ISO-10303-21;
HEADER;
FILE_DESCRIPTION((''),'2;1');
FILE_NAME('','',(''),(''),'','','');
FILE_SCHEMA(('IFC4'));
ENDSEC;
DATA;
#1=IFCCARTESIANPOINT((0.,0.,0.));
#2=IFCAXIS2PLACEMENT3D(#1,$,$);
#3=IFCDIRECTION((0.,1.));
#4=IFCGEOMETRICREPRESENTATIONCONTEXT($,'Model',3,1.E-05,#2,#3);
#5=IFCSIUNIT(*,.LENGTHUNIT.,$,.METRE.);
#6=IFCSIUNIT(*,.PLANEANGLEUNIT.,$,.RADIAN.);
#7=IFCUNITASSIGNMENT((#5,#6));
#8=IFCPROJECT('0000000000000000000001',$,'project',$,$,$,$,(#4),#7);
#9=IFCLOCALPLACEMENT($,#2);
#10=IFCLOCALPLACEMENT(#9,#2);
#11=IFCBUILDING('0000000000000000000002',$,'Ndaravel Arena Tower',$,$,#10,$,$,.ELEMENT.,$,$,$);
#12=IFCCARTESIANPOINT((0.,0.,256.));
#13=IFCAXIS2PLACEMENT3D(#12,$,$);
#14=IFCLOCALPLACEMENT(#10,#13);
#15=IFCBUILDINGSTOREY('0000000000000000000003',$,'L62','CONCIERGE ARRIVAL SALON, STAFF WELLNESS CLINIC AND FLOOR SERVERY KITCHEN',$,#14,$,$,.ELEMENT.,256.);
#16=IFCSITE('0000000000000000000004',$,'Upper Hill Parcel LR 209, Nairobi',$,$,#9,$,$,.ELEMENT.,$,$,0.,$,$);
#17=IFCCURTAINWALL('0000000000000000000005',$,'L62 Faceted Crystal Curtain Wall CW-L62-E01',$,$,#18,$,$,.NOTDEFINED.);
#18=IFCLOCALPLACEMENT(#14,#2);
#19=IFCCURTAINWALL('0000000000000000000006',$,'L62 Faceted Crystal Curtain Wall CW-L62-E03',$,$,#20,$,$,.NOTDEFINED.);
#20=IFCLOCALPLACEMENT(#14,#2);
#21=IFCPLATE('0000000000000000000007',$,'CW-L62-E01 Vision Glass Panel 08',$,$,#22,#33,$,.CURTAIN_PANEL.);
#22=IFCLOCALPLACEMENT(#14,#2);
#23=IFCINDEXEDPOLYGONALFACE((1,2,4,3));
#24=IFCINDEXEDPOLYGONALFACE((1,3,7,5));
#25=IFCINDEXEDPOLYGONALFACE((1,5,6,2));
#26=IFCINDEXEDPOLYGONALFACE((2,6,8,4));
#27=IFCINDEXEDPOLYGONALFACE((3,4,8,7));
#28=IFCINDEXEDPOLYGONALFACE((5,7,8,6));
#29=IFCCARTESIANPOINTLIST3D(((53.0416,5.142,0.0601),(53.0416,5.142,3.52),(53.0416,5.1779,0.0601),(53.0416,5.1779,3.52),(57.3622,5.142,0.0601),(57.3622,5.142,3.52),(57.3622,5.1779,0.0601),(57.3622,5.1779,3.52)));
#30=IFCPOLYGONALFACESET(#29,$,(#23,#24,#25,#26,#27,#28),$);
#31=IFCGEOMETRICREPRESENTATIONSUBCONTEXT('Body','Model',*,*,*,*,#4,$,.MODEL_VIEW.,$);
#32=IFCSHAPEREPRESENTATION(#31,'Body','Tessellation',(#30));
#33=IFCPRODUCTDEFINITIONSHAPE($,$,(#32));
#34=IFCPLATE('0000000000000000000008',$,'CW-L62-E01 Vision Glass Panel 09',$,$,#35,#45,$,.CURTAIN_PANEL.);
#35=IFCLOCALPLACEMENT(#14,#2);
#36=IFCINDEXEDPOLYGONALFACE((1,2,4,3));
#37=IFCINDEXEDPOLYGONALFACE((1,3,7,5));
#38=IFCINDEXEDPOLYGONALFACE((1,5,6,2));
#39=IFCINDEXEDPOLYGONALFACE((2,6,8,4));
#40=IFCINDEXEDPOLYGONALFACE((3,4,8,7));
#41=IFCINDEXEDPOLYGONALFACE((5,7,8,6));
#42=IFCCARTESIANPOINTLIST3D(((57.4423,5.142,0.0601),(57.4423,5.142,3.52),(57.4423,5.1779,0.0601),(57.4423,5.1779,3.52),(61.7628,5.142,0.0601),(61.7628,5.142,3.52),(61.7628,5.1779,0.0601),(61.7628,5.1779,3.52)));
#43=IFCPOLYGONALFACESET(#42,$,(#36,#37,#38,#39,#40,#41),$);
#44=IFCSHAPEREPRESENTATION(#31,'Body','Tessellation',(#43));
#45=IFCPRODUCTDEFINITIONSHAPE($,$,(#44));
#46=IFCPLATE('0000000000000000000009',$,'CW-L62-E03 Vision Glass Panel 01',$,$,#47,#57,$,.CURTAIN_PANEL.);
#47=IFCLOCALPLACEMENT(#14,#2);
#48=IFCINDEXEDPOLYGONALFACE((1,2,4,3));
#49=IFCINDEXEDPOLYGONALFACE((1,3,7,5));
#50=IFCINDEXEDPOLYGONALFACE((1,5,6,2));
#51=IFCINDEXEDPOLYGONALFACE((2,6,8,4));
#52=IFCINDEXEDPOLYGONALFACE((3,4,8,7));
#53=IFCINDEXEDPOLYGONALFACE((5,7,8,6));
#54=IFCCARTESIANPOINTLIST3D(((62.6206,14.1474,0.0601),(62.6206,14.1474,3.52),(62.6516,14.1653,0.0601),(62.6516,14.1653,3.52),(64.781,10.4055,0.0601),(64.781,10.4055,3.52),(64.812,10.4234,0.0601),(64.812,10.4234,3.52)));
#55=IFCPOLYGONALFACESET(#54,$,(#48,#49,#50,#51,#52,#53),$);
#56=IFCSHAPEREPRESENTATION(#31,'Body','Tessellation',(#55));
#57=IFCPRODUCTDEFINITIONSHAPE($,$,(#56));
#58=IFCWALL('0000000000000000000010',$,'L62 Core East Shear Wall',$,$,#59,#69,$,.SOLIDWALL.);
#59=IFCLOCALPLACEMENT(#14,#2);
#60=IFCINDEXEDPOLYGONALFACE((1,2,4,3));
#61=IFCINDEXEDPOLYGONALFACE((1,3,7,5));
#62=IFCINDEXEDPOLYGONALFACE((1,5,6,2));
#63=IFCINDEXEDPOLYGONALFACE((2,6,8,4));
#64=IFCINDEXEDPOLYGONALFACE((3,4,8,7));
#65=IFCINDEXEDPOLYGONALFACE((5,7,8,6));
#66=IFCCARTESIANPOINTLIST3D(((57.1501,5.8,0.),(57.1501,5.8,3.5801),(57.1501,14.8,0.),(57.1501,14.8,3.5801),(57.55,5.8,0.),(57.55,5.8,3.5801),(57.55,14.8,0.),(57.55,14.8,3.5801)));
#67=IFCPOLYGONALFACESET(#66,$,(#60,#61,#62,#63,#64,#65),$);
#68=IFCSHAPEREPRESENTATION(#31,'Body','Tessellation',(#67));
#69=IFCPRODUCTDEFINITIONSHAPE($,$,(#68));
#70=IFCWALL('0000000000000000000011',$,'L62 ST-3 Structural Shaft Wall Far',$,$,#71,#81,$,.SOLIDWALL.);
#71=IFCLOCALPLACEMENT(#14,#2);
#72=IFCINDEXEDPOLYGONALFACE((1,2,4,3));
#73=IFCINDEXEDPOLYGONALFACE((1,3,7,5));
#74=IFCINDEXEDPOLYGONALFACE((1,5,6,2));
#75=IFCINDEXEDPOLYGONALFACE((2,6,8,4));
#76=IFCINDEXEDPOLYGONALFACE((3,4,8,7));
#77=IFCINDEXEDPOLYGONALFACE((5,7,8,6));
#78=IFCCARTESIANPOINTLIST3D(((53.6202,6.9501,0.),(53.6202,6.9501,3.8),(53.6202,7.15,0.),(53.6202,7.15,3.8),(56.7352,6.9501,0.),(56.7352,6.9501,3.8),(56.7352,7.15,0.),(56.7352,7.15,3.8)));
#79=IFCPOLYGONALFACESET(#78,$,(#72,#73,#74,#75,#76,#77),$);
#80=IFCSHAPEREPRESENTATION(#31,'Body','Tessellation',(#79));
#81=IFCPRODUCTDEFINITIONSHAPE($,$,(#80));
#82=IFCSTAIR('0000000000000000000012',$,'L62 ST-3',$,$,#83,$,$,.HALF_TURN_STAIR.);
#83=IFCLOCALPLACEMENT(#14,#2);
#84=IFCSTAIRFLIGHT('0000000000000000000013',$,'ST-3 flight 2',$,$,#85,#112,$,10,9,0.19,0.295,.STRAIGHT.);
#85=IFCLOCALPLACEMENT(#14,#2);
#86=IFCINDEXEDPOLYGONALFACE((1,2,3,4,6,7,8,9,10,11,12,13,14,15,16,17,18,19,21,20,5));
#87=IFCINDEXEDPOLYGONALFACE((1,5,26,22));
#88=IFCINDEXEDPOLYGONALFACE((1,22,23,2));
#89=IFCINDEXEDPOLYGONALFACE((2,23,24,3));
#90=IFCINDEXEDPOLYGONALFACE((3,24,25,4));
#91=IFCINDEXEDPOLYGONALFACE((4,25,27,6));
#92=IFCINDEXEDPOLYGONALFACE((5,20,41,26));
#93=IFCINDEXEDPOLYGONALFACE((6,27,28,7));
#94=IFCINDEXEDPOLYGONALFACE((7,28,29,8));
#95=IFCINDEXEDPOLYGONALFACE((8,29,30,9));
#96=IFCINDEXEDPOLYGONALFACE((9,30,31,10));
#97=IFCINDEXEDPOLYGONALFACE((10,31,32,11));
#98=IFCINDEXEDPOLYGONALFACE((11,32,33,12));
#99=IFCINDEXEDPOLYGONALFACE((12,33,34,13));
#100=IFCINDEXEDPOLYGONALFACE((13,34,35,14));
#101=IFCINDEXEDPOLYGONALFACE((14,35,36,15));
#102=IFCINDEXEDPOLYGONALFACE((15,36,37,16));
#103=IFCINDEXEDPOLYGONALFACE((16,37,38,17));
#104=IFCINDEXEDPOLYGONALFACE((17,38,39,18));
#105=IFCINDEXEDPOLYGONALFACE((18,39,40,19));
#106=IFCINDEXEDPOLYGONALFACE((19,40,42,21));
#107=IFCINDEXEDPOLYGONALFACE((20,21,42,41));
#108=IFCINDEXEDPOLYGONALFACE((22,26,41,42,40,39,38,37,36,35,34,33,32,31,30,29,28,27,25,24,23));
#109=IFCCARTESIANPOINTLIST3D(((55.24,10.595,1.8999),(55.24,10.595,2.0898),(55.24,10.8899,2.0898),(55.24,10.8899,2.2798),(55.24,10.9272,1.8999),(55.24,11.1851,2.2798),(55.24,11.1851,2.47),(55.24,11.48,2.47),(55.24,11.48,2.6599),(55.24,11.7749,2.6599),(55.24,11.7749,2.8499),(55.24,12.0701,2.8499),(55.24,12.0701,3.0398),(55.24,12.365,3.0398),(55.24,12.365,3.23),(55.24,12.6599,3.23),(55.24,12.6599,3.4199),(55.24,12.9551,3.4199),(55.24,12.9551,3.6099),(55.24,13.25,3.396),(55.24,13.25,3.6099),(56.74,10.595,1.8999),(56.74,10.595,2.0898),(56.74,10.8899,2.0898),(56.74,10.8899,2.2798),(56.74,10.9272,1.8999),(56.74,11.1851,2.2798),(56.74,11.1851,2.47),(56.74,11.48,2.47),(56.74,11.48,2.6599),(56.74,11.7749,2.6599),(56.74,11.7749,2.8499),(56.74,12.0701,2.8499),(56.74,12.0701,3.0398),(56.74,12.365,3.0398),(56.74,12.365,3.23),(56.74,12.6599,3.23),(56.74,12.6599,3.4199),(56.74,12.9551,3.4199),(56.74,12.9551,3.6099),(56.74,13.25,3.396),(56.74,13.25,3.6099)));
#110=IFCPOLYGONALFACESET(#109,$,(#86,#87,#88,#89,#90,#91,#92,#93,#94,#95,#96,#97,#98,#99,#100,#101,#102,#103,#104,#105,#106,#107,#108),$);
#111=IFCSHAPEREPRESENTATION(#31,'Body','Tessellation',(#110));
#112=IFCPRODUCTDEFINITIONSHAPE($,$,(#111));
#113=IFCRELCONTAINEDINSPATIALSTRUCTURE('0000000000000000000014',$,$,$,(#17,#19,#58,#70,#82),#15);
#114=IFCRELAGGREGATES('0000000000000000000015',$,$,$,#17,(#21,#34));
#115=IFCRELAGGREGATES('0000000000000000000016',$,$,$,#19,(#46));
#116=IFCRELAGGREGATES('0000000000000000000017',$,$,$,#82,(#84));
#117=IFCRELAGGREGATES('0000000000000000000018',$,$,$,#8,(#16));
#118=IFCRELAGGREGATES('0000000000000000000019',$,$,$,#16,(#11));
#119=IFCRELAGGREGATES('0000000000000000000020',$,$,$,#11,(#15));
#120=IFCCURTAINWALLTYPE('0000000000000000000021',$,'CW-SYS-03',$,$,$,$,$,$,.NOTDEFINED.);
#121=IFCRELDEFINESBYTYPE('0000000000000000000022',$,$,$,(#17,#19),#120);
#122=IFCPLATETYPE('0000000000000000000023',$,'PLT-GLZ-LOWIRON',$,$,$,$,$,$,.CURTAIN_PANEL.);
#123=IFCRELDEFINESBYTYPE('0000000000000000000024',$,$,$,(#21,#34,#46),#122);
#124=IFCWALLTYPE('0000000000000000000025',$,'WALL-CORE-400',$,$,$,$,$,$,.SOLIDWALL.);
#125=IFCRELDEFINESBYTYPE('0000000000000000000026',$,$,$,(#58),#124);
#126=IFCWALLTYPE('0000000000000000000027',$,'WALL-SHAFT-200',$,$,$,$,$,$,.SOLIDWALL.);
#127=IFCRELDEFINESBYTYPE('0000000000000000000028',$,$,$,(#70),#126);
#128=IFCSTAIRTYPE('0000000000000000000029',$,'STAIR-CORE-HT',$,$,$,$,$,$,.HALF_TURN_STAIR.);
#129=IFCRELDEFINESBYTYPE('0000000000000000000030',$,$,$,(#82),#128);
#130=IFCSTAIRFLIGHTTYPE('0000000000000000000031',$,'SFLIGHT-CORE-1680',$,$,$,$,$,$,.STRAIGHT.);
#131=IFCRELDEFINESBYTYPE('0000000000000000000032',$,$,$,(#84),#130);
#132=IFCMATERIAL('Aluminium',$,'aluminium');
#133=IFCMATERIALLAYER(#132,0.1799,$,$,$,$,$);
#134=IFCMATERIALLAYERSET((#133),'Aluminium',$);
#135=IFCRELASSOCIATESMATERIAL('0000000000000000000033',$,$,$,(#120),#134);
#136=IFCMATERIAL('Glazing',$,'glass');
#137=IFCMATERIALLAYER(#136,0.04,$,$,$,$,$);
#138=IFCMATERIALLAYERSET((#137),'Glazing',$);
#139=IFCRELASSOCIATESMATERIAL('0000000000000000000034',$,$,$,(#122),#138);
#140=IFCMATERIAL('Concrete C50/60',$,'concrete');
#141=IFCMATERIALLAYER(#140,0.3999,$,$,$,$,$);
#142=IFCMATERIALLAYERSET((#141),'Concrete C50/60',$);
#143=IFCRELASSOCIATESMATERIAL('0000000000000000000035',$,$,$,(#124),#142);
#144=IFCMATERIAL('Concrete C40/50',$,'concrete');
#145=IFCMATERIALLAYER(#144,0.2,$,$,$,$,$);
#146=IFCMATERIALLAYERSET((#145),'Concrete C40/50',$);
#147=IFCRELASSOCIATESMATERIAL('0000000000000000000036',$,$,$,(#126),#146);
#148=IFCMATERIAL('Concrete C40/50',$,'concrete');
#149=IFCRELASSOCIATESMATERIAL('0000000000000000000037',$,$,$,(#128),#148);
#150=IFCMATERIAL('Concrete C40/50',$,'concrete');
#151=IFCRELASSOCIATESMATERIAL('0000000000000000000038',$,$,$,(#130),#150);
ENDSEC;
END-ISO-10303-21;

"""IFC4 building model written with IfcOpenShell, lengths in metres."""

from ifc_helpers import new_model, si_unit, direction, frame, frame_2d, origin, origin_2d, place, context, subcontext, project, spatial, polyline, rectangle, outline, extrude, material, layer, layer_set, type_object, element, aggregate, save


model = new_model("IFC4")

# Units and contexts
model_context = context("Model", 3, precision=1e-05, world=origin(), true_north=direction((0.0, 1.0)))
body_context = subcontext(model_context, "Body", "Model", "MODEL_VIEW")
ifc_project = project(units=[si_unit("LENGTHUNIT", "METRE"), si_unit("PLANEANGLEUNIT", "RADIAN")], contexts=[model_context])

# Site, building, storey
site_placement = place(None, origin())
site = spatial("IfcSite", under=ifc_project, at=site_placement, Name="Upper Hill Parcel LR 209, Nairobi", CompositionType="ELEMENT", RefElevation=0.0)
building_placement = place(site_placement, origin())
building = spatial("IfcBuilding", under=site, at=building_placement, Name="Ndaravel Arena Tower", CompositionType="ELEMENT")
storey_placement = place(building_placement, frame((0.0, 0.0, 256.0)))
storey = spatial("IfcBuildingStorey", under=building, at=storey_placement, Name="L62", Description="CONCIERGE ARRIVAL SALON, STAFF WELLNESS CLINIC AND FLOOR SERVERY KITCHEN", CompositionType="ELEMENT", Elevation=256.0)

# Curtain walls
ifc_material_1 = material(Name="Aluminium", Category="aluminium")
ifc_layer_1 = layer(ifc_material_1, 0.1799)
ifc_layer_set_1 = layer_set([ifc_layer_1], Name="Aluminium")
curtain_wall_type_1 = type_object("IfcCurtainWallType", Name="CW-SYS-03", PredefinedType="NOTDEFINED", material=ifc_layer_set_1)
curtain_wall_1_placement = place(storey_placement, origin())
curtain_wall_1 = element("IfcCurtainWall", 1, at=curtain_wall_1_placement, inside=storey, type_object=curtain_wall_type_1, Name="L62 Faceted Crystal Curtain Wall CW-L62-E01", PredefinedType="NOTDEFINED")
curtain_wall_2_placement = place(storey_placement, origin())
curtain_wall_2 = element("IfcCurtainWall", 2, at=curtain_wall_2_placement, inside=storey, type_object=curtain_wall_type_1, Name="L62 Faceted Crystal Curtain Wall CW-L62-E03", PredefinedType="NOTDEFINED")

# Plates
ifc_material_2 = material(Name="Glazing", Category="glass")
ifc_layer_2 = layer(ifc_material_2, 0.04)
ifc_layer_set_2 = layer_set([ifc_layer_2], Name="Glazing")
plate_type_1 = type_object("IfcPlateType", Name="PLT-GLZ-LOWIRON", PredefinedType="CURTAIN_PANEL", material=ifc_layer_set_2)
plate_1_placement = place(storey_placement, frame((55.2019, 5.1599, 0.0601), z_axis=(0.0, 0.0, 1.0), x_axis=(1.0, 0.0, 0.0)))
plate_1 = element("IfcPlate", 3, at=plate_1_placement, type_object=plate_type_1, Name="CW-L62-E01 Vision Glass Panel 08", PredefinedType="CURTAIN_PANEL", context=body_context, shape_type="SweptSolid", body=[
    extrude(rectangle(XDim=4.3206, YDim=0.0359, at=origin_2d()), origin(), (0.0, 0.0, 1.0), 3.46),
])
plate_2_placement = place(storey_placement, frame((59.6025, 5.1599, 0.0601), z_axis=(0.0, 0.0, 1.0), x_axis=(1.0, 0.0, 0.0)))
plate_2 = element("IfcPlate", 4, at=plate_2_placement, type_object=plate_type_1, Name="CW-L62-E01 Vision Glass Panel 09", PredefinedType="CURTAIN_PANEL", context=body_context, shape_type="SweptSolid", body=[
    extrude(rectangle(XDim=4.3206, YDim=0.0359, at=origin_2d()), origin(), (0.0, 0.0, 1.0), 3.46),
])
aggregate(curtain_wall_1, [plate_1, plate_2])
plate_3_placement = place(storey_placement, frame((63.7163, 12.2854, 0.0601), z_axis=(0.0, 0.0, 1.0), x_axis=(-0.5, 0.866025, 0.0)))
plate_3 = element("IfcPlate", 5, at=plate_3_placement, type_object=plate_type_1, Name="CW-L62-E03 Vision Glass Panel 01", PredefinedType="CURTAIN_PANEL", context=body_context, shape_type="SweptSolid", body=[
    extrude(rectangle(XDim=4.3208, YDim=0.0359, at=origin_2d()), origin(), (0.0, 0.0, 1.0), 3.46),
])
aggregate(curtain_wall_2, [plate_3])

# Walls
ifc_material_3 = material(Name="Concrete C50/60", Category="concrete")
ifc_layer_3 = layer(ifc_material_3, 0.3999)
ifc_layer_set_3 = layer_set([ifc_layer_3], Name="Concrete C50/60")
wall_type_1 = type_object("IfcWallType", Name="WALL-CORE-400", PredefinedType="SOLIDWALL", material=ifc_layer_set_3)
wall_1_placement = place(storey_placement, frame((57.3501, 5.8, 0.0), z_axis=(0.0, 0.0, 1.0), x_axis=(0.0, 1.0, 0.0)))
element("IfcWall", 6, at=wall_1_placement, inside=storey, type_object=wall_type_1, Name="L62 Core East Shear Wall", PredefinedType="SOLIDWALL", context=body_context, shape_type="SweptSolid", body=[
    extrude(rectangle(XDim=9.0, YDim=0.3999, at=frame_2d((4.5, 0.0))), origin(), (0.0, 0.0, 1.0), 3.5801),
])
ifc_material_4 = material(Name="Concrete C40/50", Category="concrete")
ifc_layer_4 = layer(ifc_material_4, 0.2)
ifc_layer_set_4 = layer_set([ifc_layer_4], Name="Concrete C40/50")
wall_type_2 = type_object("IfcWallType", Name="WALL-SHAFT-200", PredefinedType="SOLIDWALL", material=ifc_layer_set_4)
wall_2_placement = place(storey_placement, frame((53.6201, 7.05, 0.0), z_axis=(0.0, 0.0, 1.0), x_axis=(1.0, 0.0, 0.0)))
element("IfcWall", 7, at=wall_2_placement, inside=storey, type_object=wall_type_2, Name="L62 ST-3 Structural Shaft Wall Far", PredefinedType="SOLIDWALL", context=body_context, shape_type="SweptSolid", body=[
    extrude(rectangle(XDim=3.115, YDim=0.2, at=frame_2d((1.5576, 0.0))), origin(), (0.0, 0.0, 1.0), 3.8),
])

# Stair, stair flight
ifc_material_5 = material(Name="Concrete C40/50", Category="concrete")
stair_type = type_object("IfcStairType", Name="STAIR-CORE-HT", PredefinedType="HALF_TURN_STAIR", material=ifc_material_5)
stair_placement = place(storey_placement, origin())
stair = element("IfcStair", 8, at=stair_placement, inside=storey, type_object=stair_type, Name="L62 ST-3", PredefinedType="HALF_TURN_STAIR")
ifc_material_6 = material(Name="Concrete C40/50", Category="concrete")
stair_flight_type = type_object("IfcStairFlightType", Name="SFLIGHT-CORE-1680", PredefinedType="STRAIGHT", material=ifc_material_6)
stair_flight_placement = place(storey_placement, frame((55.99, 10.595, 1.8999), z_axis=(0.0, 0.0, 1.0), x_axis=(0.0, 1.0, 0.0)))
stair_flight = element("IfcStairFlight", 9, at=stair_flight_placement, type_object=stair_flight_type, Name="ST-3 flight 2", NumberOfRisers=10, NumberOfTreads=9, PredefinedType="STRAIGHT", RiserHeight=0.19, TreadLength=0.295, context=body_context, shape_type="SweptSolid", body=[
    extrude(outline(polyline([(0.0, 0.0), (0.0, 0.1899), (0.2949, 0.1899), (0.2949, 0.3799), (0.5901, 0.3799), (0.5901, 0.5701), (0.885, 0.5701), (0.885, 0.76), (1.1799, 0.76), (1.1799, 0.95), (1.4751, 0.95), (1.4751, 1.1399), (1.77, 1.1399), (1.77, 1.3301), (2.0649, 1.3301), (2.0649, 1.52), (2.3601, 1.52), (2.3601, 1.71), (2.655, 1.71), (2.655, 1.8999), (2.655, 1.4961), (0.3323, 0.0), (0.0, 0.0)])), frame((0.0, 0.75, 0.0), z_axis=(0.0, -1.0, 0.0), x_axis=(1.0, 0.0, 0.0)), (0.0, 0.0, 1.0), 1.5),
])
aggregate(stair, [stair_flight])

save(model, "model.ifc")
